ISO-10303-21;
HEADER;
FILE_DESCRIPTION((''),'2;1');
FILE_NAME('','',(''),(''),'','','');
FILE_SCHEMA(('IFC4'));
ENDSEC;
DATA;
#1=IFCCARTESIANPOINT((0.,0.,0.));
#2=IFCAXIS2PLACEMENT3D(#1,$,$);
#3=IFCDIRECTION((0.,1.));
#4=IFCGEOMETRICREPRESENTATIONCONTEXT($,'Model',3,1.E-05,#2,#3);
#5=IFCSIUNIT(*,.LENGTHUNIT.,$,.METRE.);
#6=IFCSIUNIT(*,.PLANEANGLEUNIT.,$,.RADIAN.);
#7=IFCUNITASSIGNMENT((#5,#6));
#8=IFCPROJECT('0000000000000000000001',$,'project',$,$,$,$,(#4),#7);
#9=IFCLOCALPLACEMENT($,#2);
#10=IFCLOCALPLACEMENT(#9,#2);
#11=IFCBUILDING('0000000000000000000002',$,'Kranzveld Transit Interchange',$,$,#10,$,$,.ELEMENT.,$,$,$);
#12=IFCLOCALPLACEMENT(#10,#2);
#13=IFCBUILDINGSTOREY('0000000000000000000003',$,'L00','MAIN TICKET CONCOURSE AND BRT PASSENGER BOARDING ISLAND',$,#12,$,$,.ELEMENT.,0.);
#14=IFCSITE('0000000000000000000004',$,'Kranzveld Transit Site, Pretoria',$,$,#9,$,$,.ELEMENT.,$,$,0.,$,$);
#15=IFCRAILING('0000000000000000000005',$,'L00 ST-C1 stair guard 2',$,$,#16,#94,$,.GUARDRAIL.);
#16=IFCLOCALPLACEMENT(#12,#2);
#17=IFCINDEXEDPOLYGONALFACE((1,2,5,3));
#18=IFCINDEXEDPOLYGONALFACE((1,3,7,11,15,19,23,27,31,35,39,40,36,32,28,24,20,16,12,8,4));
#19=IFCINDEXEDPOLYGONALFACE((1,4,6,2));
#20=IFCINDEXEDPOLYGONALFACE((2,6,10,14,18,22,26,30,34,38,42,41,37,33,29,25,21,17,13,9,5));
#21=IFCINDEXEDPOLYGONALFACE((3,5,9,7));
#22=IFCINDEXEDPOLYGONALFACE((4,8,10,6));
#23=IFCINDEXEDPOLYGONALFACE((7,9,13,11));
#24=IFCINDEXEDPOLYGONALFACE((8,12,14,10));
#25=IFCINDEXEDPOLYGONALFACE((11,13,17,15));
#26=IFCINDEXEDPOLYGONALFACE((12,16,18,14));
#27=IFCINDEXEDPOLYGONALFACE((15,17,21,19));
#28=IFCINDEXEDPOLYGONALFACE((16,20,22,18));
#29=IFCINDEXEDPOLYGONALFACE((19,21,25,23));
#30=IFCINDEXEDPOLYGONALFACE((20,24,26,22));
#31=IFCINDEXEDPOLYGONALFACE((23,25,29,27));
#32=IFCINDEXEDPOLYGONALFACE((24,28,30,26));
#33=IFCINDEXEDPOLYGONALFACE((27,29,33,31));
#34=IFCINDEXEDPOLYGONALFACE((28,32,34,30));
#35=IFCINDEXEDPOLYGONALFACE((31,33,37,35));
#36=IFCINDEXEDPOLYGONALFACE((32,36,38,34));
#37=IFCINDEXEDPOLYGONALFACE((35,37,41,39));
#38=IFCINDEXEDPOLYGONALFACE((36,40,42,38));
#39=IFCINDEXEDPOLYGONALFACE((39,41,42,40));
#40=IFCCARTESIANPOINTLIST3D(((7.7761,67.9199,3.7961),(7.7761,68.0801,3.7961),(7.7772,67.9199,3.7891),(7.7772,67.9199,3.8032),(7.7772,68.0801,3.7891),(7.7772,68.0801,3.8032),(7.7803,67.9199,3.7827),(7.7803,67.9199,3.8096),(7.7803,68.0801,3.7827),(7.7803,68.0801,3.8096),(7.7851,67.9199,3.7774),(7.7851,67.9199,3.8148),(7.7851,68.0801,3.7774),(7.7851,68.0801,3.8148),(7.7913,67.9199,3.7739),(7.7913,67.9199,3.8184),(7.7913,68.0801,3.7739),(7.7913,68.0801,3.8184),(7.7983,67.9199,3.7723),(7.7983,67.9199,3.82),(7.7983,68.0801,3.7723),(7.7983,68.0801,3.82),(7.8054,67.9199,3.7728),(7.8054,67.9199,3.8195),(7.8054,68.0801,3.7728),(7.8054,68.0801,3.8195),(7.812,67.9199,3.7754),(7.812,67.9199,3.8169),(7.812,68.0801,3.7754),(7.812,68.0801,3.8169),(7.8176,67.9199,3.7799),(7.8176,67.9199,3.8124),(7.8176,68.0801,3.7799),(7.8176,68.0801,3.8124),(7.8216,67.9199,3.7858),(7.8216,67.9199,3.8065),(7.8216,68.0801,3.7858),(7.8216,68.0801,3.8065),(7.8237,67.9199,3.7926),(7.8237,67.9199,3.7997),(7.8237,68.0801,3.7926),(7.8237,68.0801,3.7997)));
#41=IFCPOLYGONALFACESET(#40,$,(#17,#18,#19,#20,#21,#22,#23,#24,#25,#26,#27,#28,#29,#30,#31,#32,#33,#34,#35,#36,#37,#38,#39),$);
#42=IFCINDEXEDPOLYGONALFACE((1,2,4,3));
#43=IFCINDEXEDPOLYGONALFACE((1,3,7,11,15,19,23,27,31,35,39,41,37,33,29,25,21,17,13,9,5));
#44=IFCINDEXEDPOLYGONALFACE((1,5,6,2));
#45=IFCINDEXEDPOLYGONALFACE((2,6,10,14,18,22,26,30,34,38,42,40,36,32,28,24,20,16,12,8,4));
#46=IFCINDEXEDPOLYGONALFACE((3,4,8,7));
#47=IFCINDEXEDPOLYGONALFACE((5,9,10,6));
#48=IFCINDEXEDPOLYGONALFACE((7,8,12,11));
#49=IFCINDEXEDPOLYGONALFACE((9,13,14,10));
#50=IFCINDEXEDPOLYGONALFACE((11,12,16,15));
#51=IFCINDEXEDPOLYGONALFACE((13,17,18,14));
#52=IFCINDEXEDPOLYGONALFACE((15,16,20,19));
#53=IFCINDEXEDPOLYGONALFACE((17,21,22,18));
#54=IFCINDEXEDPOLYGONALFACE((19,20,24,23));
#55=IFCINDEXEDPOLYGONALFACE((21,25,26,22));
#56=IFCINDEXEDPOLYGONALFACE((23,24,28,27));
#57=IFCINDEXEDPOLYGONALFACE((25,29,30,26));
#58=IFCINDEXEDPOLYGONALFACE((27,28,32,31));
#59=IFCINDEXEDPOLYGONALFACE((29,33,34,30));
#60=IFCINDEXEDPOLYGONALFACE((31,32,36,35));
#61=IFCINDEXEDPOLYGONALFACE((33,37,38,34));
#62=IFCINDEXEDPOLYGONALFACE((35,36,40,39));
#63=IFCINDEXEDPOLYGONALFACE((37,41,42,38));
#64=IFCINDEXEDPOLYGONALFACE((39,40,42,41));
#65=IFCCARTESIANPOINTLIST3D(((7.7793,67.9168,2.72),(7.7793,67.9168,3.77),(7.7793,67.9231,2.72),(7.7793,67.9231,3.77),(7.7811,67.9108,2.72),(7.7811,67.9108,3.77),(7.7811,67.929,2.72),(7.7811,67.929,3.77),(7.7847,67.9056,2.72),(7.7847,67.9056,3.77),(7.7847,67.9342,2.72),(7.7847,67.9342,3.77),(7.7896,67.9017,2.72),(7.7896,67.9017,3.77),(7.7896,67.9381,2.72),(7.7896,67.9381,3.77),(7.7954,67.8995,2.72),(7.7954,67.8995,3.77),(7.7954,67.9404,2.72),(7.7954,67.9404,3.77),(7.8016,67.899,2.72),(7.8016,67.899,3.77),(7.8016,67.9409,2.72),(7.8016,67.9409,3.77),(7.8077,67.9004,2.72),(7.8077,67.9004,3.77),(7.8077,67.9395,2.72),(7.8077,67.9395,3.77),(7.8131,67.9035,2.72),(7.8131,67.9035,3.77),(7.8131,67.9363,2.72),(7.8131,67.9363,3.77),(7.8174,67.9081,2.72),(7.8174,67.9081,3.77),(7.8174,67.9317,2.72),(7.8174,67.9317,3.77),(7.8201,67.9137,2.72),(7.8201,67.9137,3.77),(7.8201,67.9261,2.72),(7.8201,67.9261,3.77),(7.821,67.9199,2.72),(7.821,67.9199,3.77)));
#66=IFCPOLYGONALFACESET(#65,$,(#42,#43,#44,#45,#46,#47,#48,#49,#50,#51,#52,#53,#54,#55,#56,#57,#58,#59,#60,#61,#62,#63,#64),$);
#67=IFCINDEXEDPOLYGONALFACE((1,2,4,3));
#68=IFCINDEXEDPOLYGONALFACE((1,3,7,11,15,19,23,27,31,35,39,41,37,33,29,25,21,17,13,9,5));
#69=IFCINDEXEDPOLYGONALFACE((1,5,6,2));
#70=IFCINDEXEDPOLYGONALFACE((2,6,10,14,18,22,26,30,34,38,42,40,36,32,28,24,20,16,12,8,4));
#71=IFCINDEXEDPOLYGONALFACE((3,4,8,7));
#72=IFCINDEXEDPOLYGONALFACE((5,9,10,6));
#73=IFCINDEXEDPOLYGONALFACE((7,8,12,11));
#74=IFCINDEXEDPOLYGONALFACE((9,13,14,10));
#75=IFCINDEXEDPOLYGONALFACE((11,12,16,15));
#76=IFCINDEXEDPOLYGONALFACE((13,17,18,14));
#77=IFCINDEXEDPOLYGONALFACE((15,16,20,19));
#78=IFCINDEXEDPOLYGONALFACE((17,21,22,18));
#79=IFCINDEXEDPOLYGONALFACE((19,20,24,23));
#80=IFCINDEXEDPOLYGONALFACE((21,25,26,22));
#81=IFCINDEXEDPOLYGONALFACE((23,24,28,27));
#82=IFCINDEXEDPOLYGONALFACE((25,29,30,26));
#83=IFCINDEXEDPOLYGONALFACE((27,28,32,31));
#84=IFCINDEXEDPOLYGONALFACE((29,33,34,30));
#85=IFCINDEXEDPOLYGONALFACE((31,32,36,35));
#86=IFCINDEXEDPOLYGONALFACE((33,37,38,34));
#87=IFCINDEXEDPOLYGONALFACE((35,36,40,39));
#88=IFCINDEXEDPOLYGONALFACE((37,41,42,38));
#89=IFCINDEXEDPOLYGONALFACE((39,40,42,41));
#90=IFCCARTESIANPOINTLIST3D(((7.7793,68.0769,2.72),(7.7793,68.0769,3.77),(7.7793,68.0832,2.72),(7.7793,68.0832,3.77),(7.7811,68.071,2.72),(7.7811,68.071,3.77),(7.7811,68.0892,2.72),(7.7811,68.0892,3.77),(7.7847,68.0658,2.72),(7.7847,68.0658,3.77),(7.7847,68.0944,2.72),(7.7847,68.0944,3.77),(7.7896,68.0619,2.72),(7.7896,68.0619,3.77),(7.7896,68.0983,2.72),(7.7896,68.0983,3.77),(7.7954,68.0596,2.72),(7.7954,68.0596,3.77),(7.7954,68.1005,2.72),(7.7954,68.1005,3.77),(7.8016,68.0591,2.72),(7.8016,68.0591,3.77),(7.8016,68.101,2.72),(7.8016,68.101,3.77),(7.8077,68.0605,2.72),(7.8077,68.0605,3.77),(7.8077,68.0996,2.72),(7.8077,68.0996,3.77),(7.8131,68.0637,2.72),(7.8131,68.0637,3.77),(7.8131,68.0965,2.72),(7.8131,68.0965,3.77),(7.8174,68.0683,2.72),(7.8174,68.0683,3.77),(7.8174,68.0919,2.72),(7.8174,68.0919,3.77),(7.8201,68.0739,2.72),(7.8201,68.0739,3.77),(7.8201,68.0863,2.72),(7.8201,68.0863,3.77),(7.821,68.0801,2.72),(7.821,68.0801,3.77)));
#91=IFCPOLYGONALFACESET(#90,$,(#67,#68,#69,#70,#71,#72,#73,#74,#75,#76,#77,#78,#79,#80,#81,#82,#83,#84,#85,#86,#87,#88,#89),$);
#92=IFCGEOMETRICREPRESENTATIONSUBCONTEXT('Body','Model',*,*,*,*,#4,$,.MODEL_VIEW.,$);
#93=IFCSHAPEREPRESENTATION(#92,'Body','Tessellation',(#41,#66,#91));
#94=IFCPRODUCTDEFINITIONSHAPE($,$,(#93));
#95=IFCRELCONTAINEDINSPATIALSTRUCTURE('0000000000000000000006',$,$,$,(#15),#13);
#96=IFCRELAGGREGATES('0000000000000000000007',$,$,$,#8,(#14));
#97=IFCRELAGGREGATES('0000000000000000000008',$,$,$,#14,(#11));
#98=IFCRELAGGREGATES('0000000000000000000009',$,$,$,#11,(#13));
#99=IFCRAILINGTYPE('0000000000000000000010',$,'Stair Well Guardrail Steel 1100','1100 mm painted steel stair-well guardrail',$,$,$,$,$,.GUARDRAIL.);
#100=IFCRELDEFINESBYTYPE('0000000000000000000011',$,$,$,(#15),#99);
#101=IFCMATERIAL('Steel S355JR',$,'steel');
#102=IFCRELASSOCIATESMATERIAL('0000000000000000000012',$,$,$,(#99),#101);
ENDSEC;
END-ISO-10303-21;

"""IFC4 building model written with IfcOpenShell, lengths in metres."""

from ifc_helpers import new_model, si_unit, direction, frame, origin, origin_2d, place, context, subcontext, project, spatial, circle, extrude, material, type_object, element, save


model = new_model("IFC4")

# Units and contexts
model_context = context("Model", 3, precision=1e-05, world=origin(), true_north=direction((0.0, 1.0)))
body_context = subcontext(model_context, "Body", "Model", "MODEL_VIEW")
ifc_project = project(units=[si_unit("LENGTHUNIT", "METRE"), si_unit("PLANEANGLEUNIT", "RADIAN")], contexts=[model_context])

# Site, building, storey
site_placement = place(None, origin())
site = spatial("IfcSite", under=ifc_project, at=site_placement, Name="Kranzveld Transit Site, Pretoria", CompositionType="ELEMENT", RefElevation=0.0)
building_placement = place(site_placement, origin())
building = spatial("IfcBuilding", under=site, at=building_placement, Name="Kranzveld Transit Interchange", CompositionType="ELEMENT")
storey_placement = place(building_placement, origin())
storey = spatial("IfcBuildingStorey", under=building, at=storey_placement, Name="L00", Description="MAIN TICKET CONCOURSE AND BRT PASSENGER BOARDING ISLAND", CompositionType="ELEMENT", Elevation=0.0)

# Railing
ifc_material_1 = material(Name="Steel S355JR", Category="steel")
railing_type_1 = type_object("IfcRailingType", Name="Stair Well Guardrail Steel 1100", Description="1100 mm painted steel stair-well guardrail", PredefinedType="GUARDRAIL", material=ifc_material_1)
railing_1_placement = place(storey_placement, frame((7.8, 67.9199, 2.72)))
element("IfcRailing", 1, at=railing_1_placement, inside=storey, type_object=railing_type_1, Name="L00 ST-C1 stair guard 2", PredefinedType="GUARDRAIL", context=body_context, shape_type="SweptSolid", body=[
    extrude(circle(Radius=0.0239, at=origin_2d()), frame((0.0, 0.0, 1.0762), z_axis=(0.0, 1.0, 0.0), x_axis=(-1.0, 0.0, 0.0)), (0.0, 0.0, 1.0), 0.1602),
    extrude(circle(Radius=0.021, at=origin_2d()), origin(), (0.0, 0.0, 1.0), 1.05),
    extrude(circle(Radius=0.021, at=origin_2d()), frame((0.0, 0.1602, 0.0)), (0.0, 0.0, 1.0), 1.05),
])

save(model, "model.ifc")
